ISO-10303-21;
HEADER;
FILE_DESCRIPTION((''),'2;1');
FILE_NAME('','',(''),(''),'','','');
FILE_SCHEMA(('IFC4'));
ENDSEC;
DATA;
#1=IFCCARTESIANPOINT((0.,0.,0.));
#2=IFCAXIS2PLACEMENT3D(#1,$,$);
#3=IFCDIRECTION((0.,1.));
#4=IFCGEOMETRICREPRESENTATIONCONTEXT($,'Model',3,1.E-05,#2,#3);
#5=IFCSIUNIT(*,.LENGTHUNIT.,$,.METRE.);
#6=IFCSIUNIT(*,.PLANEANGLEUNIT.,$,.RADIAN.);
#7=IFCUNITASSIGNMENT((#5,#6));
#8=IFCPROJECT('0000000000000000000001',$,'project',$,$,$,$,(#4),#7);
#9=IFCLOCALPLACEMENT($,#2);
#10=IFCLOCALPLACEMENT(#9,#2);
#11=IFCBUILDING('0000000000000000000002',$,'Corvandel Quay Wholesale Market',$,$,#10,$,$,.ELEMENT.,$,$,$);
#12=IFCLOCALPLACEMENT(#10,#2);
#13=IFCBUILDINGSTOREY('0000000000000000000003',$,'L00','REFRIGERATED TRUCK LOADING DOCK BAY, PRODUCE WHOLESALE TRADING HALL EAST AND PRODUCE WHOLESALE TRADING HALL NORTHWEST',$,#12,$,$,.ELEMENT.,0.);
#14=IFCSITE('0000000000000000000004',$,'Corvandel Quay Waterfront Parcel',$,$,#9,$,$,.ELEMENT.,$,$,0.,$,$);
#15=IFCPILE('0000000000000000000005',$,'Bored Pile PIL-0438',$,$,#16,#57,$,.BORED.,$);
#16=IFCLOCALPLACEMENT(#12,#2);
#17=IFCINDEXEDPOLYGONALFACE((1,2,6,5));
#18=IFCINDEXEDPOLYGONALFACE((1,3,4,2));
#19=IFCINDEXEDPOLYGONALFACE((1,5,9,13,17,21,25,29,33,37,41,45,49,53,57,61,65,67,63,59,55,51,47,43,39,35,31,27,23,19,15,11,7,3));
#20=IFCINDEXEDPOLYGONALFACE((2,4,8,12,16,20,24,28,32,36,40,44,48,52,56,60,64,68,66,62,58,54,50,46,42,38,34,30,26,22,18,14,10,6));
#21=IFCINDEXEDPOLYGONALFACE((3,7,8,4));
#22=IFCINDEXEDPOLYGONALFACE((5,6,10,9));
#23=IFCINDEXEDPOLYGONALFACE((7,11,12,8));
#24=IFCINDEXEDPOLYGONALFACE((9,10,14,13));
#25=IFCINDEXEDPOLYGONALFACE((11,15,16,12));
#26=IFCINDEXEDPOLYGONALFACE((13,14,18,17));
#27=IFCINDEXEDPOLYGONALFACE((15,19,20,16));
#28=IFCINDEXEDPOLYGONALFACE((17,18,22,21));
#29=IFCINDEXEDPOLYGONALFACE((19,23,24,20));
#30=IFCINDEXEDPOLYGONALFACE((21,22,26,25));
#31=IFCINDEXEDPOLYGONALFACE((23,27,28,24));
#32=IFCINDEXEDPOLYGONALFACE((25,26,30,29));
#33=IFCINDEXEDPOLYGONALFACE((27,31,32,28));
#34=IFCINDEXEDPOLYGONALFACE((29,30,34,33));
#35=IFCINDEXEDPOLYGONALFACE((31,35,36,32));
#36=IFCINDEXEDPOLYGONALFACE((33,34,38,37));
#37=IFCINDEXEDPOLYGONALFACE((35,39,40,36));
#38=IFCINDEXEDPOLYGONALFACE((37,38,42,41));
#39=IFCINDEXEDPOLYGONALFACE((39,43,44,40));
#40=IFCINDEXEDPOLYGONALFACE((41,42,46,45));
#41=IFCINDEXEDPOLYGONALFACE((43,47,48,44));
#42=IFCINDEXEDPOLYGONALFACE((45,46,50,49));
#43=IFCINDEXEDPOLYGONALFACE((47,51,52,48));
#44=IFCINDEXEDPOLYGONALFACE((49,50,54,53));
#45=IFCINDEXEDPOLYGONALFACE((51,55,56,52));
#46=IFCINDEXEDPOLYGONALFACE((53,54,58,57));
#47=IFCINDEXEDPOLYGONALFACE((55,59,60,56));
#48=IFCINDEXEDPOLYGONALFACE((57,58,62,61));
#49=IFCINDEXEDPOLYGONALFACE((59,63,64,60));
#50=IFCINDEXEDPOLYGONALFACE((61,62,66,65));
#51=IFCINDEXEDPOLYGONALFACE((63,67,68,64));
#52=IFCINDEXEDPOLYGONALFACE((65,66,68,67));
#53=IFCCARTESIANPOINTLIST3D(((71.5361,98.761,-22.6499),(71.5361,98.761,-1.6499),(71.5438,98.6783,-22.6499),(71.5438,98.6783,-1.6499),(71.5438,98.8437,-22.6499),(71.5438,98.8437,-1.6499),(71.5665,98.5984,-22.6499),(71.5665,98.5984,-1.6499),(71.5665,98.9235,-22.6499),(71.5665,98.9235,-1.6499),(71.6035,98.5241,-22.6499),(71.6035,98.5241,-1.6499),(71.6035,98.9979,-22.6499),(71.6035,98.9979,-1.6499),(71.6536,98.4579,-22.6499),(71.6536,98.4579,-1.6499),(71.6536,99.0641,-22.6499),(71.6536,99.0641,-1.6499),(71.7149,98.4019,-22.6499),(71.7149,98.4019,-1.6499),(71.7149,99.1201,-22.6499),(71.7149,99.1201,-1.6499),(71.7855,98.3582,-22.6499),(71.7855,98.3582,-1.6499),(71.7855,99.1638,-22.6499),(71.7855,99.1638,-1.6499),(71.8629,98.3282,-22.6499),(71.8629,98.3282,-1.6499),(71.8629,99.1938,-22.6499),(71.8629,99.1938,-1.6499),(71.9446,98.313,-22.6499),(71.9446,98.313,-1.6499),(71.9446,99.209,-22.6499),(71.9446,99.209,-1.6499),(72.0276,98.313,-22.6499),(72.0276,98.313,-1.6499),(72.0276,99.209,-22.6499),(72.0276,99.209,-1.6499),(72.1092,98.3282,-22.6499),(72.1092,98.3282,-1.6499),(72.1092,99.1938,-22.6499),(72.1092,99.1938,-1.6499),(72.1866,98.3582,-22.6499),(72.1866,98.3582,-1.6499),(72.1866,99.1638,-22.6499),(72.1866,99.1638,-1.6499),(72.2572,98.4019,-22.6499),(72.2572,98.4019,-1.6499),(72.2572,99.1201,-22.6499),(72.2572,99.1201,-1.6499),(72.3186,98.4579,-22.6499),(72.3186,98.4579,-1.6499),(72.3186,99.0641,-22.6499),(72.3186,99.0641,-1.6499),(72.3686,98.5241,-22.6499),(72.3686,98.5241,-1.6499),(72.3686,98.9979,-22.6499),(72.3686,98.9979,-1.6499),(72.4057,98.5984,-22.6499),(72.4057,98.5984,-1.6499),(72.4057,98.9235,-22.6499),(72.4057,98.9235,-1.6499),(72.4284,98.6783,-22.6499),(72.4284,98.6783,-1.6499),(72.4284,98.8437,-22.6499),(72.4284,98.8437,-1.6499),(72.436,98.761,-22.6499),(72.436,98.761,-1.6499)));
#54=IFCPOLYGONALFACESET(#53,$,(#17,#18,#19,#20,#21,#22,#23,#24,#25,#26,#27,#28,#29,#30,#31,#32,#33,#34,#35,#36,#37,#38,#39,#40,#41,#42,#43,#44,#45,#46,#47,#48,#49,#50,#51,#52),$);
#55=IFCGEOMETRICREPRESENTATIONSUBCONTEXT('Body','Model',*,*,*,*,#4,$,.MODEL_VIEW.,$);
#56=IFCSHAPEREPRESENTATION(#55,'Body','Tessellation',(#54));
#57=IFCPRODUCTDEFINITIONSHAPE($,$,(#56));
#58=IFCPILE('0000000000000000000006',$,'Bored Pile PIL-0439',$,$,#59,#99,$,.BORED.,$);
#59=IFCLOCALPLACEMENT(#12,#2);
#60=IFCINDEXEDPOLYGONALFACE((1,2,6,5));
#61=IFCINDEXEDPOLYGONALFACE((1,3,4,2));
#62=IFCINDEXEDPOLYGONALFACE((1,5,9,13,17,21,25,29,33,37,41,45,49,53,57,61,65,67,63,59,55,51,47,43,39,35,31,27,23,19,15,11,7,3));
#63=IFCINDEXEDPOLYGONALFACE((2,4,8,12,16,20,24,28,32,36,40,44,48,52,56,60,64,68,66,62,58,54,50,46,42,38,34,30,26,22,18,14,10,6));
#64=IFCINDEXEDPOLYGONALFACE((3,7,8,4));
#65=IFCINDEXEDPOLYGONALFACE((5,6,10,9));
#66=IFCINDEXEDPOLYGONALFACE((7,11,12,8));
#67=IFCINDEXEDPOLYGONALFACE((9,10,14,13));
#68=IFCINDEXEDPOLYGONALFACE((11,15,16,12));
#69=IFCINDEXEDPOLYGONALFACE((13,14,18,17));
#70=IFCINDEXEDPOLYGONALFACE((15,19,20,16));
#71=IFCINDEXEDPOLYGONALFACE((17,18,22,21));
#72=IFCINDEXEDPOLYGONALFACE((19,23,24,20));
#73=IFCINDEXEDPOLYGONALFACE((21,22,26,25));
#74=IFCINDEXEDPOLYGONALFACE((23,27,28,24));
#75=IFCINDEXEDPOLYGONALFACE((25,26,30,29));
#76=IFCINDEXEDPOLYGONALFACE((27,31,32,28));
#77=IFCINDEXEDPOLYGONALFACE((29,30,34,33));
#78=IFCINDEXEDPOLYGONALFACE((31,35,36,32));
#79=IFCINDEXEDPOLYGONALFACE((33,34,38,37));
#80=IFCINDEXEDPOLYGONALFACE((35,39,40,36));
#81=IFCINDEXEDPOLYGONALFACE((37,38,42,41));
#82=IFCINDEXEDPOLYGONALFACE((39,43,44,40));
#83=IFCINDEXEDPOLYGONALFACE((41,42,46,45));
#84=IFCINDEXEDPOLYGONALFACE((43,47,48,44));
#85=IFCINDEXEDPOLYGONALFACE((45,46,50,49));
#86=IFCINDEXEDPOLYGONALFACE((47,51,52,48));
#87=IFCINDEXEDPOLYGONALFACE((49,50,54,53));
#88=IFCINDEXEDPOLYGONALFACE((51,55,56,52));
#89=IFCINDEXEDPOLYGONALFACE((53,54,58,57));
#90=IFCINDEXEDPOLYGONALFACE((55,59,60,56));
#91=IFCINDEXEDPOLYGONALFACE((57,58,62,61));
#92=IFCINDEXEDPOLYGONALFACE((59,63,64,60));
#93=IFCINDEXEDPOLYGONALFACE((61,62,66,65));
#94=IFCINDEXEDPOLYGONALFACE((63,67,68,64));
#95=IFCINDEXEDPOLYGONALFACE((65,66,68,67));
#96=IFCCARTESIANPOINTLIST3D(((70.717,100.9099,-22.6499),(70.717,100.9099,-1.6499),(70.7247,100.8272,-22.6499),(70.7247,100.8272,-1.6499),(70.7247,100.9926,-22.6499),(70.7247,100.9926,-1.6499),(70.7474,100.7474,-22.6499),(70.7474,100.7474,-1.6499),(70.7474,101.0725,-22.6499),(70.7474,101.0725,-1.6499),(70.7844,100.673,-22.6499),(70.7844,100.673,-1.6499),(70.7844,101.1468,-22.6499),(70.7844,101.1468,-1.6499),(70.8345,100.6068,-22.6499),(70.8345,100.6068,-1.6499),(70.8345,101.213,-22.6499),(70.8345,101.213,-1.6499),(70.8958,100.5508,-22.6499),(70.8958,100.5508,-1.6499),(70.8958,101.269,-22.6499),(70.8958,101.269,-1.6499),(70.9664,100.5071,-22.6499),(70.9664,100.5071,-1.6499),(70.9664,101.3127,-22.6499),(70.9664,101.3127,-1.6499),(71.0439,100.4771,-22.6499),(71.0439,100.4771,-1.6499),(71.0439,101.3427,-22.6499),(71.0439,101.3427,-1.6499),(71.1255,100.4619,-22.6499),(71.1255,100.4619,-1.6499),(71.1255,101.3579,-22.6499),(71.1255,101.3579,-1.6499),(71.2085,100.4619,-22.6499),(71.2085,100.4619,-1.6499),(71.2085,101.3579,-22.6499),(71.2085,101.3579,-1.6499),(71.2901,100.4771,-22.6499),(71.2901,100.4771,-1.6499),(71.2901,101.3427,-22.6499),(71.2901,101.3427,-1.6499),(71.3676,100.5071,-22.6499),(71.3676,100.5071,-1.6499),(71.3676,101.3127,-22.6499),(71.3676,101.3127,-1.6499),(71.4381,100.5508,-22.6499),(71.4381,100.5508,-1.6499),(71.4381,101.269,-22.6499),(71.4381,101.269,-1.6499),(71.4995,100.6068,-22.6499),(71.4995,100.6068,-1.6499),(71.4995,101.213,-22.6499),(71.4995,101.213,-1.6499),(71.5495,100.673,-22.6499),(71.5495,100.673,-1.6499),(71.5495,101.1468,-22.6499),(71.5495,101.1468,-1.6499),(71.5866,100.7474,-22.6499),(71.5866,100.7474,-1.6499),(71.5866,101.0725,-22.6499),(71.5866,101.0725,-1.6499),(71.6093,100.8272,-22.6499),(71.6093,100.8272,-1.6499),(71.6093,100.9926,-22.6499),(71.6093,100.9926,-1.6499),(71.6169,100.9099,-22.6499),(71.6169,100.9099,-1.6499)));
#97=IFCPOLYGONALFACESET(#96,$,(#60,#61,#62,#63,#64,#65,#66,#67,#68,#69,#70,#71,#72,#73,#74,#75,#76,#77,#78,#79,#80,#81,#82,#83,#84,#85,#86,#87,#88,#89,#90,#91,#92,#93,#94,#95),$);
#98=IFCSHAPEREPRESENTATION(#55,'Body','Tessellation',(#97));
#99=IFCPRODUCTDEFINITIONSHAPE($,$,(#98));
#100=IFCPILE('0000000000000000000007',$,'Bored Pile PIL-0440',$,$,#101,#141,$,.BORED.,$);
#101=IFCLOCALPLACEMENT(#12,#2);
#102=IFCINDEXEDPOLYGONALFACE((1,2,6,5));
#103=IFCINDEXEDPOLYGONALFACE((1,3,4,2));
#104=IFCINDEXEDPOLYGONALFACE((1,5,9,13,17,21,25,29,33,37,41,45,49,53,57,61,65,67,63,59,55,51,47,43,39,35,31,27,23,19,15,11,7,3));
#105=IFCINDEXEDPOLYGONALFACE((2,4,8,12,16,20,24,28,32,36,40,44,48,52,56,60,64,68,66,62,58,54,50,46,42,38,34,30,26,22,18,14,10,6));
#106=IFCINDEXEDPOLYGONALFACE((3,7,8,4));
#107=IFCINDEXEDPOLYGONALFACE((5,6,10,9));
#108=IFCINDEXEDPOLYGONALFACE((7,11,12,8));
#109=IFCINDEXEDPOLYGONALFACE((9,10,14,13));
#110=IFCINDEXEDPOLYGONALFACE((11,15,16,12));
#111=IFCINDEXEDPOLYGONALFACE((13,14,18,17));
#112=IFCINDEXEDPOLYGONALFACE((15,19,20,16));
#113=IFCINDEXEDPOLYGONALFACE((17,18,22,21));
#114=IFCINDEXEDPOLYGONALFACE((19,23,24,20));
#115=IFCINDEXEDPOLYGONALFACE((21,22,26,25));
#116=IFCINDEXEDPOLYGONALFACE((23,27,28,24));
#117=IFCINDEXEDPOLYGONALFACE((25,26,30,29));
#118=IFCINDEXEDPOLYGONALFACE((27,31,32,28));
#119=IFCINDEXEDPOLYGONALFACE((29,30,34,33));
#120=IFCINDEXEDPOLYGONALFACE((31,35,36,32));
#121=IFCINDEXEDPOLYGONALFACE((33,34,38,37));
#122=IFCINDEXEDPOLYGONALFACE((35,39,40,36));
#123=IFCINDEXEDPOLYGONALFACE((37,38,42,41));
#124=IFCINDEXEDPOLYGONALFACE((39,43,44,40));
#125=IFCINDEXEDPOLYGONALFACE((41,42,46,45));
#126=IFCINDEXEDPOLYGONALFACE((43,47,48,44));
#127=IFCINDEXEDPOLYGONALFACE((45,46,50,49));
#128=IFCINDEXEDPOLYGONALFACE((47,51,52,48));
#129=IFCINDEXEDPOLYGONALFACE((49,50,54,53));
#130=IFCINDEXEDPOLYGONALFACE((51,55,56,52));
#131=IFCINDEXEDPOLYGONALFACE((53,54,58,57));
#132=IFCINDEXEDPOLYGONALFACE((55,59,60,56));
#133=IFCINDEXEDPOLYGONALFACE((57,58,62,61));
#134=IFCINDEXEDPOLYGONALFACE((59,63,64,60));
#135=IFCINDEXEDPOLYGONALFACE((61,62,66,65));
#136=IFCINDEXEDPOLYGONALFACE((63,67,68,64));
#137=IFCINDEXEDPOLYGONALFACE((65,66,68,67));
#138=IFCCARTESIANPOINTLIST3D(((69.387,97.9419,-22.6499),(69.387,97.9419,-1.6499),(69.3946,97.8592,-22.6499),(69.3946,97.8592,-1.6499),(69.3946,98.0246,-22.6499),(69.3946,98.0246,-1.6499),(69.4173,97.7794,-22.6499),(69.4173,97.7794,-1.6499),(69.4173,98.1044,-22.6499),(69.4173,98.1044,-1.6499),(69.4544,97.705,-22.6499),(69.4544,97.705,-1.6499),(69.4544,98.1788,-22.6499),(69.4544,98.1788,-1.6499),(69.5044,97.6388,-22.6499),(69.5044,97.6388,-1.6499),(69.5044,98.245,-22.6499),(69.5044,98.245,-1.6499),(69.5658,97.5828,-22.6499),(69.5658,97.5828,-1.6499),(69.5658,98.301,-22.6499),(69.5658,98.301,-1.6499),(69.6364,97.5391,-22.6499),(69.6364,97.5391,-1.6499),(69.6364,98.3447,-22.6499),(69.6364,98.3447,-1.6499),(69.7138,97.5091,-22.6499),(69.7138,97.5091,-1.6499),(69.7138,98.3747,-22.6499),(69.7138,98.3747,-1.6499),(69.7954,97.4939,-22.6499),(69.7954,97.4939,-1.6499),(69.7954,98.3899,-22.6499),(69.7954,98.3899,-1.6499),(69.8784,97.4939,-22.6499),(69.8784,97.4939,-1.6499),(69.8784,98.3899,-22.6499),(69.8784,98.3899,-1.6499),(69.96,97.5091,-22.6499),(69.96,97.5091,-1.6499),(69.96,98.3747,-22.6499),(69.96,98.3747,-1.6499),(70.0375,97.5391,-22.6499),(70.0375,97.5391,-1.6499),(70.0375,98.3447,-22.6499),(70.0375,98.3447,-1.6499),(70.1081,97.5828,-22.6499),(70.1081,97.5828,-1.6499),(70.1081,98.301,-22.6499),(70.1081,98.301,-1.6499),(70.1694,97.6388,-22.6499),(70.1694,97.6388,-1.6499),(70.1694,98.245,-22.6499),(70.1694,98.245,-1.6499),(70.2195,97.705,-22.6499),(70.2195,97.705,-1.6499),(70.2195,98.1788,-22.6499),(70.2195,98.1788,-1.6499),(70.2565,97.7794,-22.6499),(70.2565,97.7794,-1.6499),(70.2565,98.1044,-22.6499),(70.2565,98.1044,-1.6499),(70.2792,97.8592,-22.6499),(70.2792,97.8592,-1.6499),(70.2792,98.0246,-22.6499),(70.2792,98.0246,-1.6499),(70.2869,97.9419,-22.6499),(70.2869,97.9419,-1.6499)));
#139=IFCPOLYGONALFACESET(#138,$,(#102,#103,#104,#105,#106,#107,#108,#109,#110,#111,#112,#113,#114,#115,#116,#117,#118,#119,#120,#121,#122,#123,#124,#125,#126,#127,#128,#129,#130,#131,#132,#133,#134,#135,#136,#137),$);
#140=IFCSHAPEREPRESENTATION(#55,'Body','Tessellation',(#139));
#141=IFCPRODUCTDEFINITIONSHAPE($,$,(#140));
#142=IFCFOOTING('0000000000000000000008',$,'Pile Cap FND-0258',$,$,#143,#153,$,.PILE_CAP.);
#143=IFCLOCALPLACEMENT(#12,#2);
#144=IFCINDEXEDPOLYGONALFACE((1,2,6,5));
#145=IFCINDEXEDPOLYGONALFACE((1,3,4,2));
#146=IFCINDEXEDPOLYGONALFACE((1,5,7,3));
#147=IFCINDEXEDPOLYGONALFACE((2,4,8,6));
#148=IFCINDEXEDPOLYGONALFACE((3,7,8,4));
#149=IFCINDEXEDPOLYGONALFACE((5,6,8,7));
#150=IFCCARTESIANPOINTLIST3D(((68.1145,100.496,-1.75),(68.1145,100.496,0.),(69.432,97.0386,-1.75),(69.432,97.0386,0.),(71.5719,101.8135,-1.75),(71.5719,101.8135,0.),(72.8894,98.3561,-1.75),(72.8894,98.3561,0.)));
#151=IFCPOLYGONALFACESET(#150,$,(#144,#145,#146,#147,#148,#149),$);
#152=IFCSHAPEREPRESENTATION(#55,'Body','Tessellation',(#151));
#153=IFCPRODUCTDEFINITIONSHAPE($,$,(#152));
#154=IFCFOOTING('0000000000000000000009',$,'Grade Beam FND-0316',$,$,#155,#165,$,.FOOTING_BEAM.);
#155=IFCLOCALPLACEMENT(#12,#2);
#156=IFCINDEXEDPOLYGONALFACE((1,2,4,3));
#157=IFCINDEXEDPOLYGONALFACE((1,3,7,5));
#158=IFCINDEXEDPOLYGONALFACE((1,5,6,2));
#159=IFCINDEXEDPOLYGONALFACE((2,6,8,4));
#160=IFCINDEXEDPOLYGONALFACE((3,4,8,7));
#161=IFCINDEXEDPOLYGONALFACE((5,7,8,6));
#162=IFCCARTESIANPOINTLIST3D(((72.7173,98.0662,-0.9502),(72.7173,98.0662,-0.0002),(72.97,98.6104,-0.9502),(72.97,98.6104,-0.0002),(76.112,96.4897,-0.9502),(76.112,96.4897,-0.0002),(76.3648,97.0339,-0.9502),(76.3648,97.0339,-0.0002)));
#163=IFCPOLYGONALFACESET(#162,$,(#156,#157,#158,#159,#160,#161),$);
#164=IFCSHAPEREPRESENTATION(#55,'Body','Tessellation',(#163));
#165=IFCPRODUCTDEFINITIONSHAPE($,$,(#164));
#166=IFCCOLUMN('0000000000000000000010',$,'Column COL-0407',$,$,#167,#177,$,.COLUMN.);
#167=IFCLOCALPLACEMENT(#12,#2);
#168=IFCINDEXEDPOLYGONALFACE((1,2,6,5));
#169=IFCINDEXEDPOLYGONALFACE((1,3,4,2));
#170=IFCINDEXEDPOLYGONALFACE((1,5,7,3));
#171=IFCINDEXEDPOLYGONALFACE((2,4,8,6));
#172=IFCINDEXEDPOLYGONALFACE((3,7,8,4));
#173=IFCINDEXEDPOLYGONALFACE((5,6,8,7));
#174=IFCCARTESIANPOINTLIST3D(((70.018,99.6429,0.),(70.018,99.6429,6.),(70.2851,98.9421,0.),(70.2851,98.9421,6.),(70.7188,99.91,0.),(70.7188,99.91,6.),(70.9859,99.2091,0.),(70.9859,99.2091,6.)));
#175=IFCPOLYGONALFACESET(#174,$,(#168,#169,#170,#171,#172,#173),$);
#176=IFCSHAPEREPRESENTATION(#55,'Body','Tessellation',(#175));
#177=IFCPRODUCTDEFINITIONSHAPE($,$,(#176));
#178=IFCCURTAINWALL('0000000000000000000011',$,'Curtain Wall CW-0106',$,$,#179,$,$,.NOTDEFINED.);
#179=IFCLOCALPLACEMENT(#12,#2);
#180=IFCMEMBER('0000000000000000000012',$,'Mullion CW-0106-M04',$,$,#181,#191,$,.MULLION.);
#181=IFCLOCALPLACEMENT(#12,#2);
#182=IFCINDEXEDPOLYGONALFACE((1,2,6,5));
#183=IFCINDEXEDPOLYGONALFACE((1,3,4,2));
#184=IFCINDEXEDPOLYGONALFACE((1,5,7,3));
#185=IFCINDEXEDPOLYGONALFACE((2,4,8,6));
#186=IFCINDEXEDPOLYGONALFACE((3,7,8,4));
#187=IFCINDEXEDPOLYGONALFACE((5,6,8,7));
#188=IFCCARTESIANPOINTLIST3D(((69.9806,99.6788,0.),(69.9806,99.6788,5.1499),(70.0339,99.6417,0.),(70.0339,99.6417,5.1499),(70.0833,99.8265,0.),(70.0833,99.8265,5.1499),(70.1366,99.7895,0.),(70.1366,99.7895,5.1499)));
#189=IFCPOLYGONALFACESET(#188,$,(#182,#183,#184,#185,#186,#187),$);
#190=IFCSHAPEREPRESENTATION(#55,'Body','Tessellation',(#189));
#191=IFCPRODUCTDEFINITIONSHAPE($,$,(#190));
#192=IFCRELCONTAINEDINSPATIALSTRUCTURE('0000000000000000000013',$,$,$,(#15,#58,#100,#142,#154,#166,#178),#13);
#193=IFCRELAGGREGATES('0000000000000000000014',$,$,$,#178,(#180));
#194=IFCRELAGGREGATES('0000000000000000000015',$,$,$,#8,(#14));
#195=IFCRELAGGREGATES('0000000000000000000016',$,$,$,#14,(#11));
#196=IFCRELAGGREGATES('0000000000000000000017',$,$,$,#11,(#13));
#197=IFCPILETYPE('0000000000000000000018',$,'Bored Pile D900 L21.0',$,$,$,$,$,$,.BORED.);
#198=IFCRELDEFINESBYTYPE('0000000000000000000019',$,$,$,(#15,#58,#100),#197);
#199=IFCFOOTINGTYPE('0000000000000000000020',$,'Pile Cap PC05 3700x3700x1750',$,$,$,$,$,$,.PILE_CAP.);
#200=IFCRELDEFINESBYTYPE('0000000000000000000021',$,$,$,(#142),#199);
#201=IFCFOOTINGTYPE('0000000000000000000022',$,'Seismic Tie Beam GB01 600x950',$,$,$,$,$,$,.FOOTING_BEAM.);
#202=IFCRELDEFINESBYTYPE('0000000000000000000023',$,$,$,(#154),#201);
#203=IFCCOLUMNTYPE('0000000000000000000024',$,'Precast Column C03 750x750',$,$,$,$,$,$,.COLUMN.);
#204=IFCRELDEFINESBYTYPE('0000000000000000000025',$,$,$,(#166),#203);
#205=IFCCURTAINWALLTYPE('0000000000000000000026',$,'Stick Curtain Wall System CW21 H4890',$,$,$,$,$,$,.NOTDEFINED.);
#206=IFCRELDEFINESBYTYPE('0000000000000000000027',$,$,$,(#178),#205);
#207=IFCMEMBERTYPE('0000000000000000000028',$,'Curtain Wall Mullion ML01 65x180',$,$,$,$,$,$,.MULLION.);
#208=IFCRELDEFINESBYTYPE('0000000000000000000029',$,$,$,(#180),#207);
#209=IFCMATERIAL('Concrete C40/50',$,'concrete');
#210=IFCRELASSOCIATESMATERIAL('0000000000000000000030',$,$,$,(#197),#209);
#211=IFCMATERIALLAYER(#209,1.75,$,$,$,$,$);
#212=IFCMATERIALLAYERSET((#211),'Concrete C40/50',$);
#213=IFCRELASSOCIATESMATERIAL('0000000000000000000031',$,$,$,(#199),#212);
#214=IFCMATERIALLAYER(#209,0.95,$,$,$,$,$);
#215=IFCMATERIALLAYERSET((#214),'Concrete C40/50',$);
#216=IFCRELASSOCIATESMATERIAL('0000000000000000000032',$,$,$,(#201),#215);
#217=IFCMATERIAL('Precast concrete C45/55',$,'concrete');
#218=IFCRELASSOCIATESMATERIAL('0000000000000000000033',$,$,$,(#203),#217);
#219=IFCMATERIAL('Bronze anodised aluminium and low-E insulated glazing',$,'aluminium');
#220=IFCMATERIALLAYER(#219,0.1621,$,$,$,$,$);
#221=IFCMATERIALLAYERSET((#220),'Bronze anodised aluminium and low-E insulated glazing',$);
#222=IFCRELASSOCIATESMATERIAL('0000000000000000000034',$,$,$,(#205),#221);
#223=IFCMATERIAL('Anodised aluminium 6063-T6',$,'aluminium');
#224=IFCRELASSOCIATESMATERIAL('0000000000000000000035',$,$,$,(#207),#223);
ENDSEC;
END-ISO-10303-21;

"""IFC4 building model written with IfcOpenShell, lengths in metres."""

from ifc_helpers import new_model, si_unit, direction, frame, origin, origin_2d, place, context, subcontext, project, spatial, rectangle, circle, extrude, material, layer, layer_set, material_profile, profile_set, type_object, element, aggregate, save


model = new_model("IFC4")

# Units and contexts
model_context = context("Model", 3, precision=1e-05, world=origin(), true_north=direction((0.0, 1.0)))
body_context = subcontext(model_context, "Body", "Model", "MODEL_VIEW")
ifc_project = project(units=[si_unit("LENGTHUNIT", "METRE"), si_unit("PLANEANGLEUNIT", "RADIAN")], contexts=[model_context])

# Site, building, storey
site_placement = place(None, origin())
site = spatial("IfcSite", under=ifc_project, at=site_placement, Name="Corvandel Quay Waterfront Parcel", CompositionType="ELEMENT", RefElevation=0.0)
building_placement = place(site_placement, origin())
building = spatial("IfcBuilding", under=site, at=building_placement, Name="Corvandel Quay Wholesale Market", CompositionType="ELEMENT")
storey_placement = place(building_placement, origin())
storey = spatial("IfcBuildingStorey", under=building, at=storey_placement, Name="L00", Description="REFRIGERATED TRUCK LOADING DOCK BAY, PRODUCE WHOLESALE TRADING HALL EAST AND PRODUCE WHOLESALE TRADING HALL NORTHWEST", CompositionType="ELEMENT", Elevation=0.0)

# Piles
ifc_material_1 = material(Name="Concrete C40/50", Category="concrete")
ifc_material_profile_1 = material_profile(ifc_material_1, circle(Radius=0.45, at=origin_2d()), Name="RC-PILE-D900")
ifc_profile_set_1 = profile_set([ifc_material_profile_1], Name="Concrete C40/50")
pile_type = type_object("IfcPileType", Name="Bored Pile D900 L21.0", PredefinedType="BORED", material=ifc_profile_set_1)
for number, where, z_axis, x_axis, name in (
    (1, (71.9861, 98.761, -1.6499), (0.0, 0.0, -1.0), (1.0, 0.0, 0.0), "Bored Pile PIL-0438"),
    (2, (71.167, 100.9099, -1.6499), (0.0, 0.0, -1.0), (1.0, 0.0, 0.0), "Bored Pile PIL-0439"),
    (3, (69.8369, 97.9419, -1.6499), (0.0, 0.0, -1.0), (1.0, 0.0, 0.0), "Bored Pile PIL-0440"),
):
    element("IfcPile", number, at=place(storey_placement, frame(where, z_axis=z_axis, x_axis=x_axis)), inside=storey, type_object=pile_type, Name=name, PredefinedType="BORED", context=body_context, shape_type="SweptSolid", body=[
        extrude(circle(Radius=0.45, at=origin_2d()), origin(), (0.0, 0.0, 1.0), 21.0),
    ])

# Footings
ifc_layer_1 = layer(ifc_material_1, 1.75)
ifc_layer_set_1 = layer_set([ifc_layer_1], Name="Concrete C40/50")
footing_type_1 = type_object("IfcFootingType", Name="Pile Cap PC05 3700x3700x1750", PredefinedType="PILE_CAP", material=ifc_layer_set_1)
footing_1_placement = place(storey_placement, frame((70.502, 99.426, -1.75), z_axis=(0.0, 0.0, 1.0), x_axis=(-0.356086, 0.934453, 0.0)))
element("IfcFooting", 4, at=footing_1_placement, inside=storey, type_object=footing_type_1, Name="Pile Cap FND-0258", PredefinedType="PILE_CAP", context=body_context, shape_type="SweptSolid", body=[
    extrude(rectangle(XDim=3.7, YDim=3.7, at=origin_2d()), origin(), (0.0, 0.0, 1.0), 1.75),
])
ifc_layer_2 = layer(ifc_material_1, 0.95)
ifc_layer_set_2 = layer_set([ifc_layer_2], Name="Concrete C40/50")
footing_type_2 = type_object("IfcFootingType", Name="Seismic Tie Beam GB01 600x950", PredefinedType="FOOTING_BEAM", material=ifc_layer_set_2)
footing_2_placement = place(storey_placement, frame((74.541, 97.55, -0.9502), z_axis=(0.0, 0.0, 1.0), x_axis=(-0.906971, 0.421194, 0.0)))
element("IfcFooting", 5, at=footing_2_placement, inside=storey, type_object=footing_type_2, Name="Grade Beam FND-0316", PredefinedType="FOOTING_BEAM", context=body_context, shape_type="SweptSolid", body=[
    extrude(rectangle(XDim=3.7429, YDim=0.6001, at=origin_2d()), origin(), (0.0, 0.0, 1.0), 0.95),
])

# Column
ifc_material_2 = material(Name="Precast concrete C45/55", Category="concrete")
ifc_material_profile_2 = material_profile(ifc_material_2, rectangle(XDim=0.75, YDim=0.75, at=origin_2d()), Name="PC-COL-750x750")
ifc_profile_set_2 = profile_set([ifc_material_profile_2], Name="Precast concrete C45/55")
column_type = type_object("IfcColumnType", Name="Precast Column C03 750x750", PredefinedType="COLUMN", material=ifc_profile_set_2)
column_placement = place(storey_placement, frame((70.502, 99.426, 0.0), z_axis=(0.0, 0.0, 1.0), x_axis=(-0.356086, 0.934453, 0.0)))
element("IfcColumn", 6, at=column_placement, inside=storey, type_object=column_type, Name="Column COL-0407", PredefinedType="COLUMN", context=body_context, shape_type="SweptSolid", body=[
    extrude(rectangle(XDim=0.75, YDim=0.75, at=origin_2d()), origin(), (0.0, 0.0, 1.0), 6.0),
])

# Curtain wall, member
ifc_material_3 = material(Name="Bronze anodised aluminium and low-E insulated glazing", Category="aluminium")
ifc_layer_3 = layer(ifc_material_3, 0.1621)
ifc_layer_set_3 = layer_set([ifc_layer_3], Name="Bronze anodised aluminium and low-E insulated glazing")
curtain_wall_type = type_object("IfcCurtainWallType", Name="Stick Curtain Wall System CW21 H4890", PredefinedType="NOTDEFINED", material=ifc_layer_set_3)
curtain_wall_placement = place(storey_placement, origin())
curtain_wall = element("IfcCurtainWall", 7, at=curtain_wall_placement, inside=storey, type_object=curtain_wall_type, Name="Curtain Wall CW-0106", PredefinedType="NOTDEFINED")
ifc_material_4 = material(Name="Anodised aluminium 6063-T6", Category="aluminium")
ifc_material_profile_3 = material_profile(ifc_material_4, rectangle(XDim=0.0649, YDim=0.1799, at=origin_2d()), Name="ALU-MUL-65x180")
ifc_profile_set_3 = profile_set([ifc_material_profile_3], Name="Anodised aluminium 6063-T6")
member_type = type_object("IfcMemberType", Name="Curtain Wall Mullion ML01 65x180", PredefinedType="MULLION", material=ifc_profile_set_3)
member_placement = place(storey_placement, frame((70.0586, 99.7341, 0.0), z_axis=(0.0, 0.0, 1.0), x_axis=(-0.821249, 0.57057, 0.0)))
member = element("IfcMember", 8, at=member_placement, type_object=member_type, Name="Mullion CW-0106-M04", PredefinedType="MULLION", context=body_context, shape_type="SweptSolid", body=[
    extrude(rectangle(XDim=0.0649, YDim=0.1799, at=origin_2d()), origin(), (0.0, 0.0, 1.0), 5.1499),
])
aggregate(curtain_wall, [member])

save(model, "model.ifc")
